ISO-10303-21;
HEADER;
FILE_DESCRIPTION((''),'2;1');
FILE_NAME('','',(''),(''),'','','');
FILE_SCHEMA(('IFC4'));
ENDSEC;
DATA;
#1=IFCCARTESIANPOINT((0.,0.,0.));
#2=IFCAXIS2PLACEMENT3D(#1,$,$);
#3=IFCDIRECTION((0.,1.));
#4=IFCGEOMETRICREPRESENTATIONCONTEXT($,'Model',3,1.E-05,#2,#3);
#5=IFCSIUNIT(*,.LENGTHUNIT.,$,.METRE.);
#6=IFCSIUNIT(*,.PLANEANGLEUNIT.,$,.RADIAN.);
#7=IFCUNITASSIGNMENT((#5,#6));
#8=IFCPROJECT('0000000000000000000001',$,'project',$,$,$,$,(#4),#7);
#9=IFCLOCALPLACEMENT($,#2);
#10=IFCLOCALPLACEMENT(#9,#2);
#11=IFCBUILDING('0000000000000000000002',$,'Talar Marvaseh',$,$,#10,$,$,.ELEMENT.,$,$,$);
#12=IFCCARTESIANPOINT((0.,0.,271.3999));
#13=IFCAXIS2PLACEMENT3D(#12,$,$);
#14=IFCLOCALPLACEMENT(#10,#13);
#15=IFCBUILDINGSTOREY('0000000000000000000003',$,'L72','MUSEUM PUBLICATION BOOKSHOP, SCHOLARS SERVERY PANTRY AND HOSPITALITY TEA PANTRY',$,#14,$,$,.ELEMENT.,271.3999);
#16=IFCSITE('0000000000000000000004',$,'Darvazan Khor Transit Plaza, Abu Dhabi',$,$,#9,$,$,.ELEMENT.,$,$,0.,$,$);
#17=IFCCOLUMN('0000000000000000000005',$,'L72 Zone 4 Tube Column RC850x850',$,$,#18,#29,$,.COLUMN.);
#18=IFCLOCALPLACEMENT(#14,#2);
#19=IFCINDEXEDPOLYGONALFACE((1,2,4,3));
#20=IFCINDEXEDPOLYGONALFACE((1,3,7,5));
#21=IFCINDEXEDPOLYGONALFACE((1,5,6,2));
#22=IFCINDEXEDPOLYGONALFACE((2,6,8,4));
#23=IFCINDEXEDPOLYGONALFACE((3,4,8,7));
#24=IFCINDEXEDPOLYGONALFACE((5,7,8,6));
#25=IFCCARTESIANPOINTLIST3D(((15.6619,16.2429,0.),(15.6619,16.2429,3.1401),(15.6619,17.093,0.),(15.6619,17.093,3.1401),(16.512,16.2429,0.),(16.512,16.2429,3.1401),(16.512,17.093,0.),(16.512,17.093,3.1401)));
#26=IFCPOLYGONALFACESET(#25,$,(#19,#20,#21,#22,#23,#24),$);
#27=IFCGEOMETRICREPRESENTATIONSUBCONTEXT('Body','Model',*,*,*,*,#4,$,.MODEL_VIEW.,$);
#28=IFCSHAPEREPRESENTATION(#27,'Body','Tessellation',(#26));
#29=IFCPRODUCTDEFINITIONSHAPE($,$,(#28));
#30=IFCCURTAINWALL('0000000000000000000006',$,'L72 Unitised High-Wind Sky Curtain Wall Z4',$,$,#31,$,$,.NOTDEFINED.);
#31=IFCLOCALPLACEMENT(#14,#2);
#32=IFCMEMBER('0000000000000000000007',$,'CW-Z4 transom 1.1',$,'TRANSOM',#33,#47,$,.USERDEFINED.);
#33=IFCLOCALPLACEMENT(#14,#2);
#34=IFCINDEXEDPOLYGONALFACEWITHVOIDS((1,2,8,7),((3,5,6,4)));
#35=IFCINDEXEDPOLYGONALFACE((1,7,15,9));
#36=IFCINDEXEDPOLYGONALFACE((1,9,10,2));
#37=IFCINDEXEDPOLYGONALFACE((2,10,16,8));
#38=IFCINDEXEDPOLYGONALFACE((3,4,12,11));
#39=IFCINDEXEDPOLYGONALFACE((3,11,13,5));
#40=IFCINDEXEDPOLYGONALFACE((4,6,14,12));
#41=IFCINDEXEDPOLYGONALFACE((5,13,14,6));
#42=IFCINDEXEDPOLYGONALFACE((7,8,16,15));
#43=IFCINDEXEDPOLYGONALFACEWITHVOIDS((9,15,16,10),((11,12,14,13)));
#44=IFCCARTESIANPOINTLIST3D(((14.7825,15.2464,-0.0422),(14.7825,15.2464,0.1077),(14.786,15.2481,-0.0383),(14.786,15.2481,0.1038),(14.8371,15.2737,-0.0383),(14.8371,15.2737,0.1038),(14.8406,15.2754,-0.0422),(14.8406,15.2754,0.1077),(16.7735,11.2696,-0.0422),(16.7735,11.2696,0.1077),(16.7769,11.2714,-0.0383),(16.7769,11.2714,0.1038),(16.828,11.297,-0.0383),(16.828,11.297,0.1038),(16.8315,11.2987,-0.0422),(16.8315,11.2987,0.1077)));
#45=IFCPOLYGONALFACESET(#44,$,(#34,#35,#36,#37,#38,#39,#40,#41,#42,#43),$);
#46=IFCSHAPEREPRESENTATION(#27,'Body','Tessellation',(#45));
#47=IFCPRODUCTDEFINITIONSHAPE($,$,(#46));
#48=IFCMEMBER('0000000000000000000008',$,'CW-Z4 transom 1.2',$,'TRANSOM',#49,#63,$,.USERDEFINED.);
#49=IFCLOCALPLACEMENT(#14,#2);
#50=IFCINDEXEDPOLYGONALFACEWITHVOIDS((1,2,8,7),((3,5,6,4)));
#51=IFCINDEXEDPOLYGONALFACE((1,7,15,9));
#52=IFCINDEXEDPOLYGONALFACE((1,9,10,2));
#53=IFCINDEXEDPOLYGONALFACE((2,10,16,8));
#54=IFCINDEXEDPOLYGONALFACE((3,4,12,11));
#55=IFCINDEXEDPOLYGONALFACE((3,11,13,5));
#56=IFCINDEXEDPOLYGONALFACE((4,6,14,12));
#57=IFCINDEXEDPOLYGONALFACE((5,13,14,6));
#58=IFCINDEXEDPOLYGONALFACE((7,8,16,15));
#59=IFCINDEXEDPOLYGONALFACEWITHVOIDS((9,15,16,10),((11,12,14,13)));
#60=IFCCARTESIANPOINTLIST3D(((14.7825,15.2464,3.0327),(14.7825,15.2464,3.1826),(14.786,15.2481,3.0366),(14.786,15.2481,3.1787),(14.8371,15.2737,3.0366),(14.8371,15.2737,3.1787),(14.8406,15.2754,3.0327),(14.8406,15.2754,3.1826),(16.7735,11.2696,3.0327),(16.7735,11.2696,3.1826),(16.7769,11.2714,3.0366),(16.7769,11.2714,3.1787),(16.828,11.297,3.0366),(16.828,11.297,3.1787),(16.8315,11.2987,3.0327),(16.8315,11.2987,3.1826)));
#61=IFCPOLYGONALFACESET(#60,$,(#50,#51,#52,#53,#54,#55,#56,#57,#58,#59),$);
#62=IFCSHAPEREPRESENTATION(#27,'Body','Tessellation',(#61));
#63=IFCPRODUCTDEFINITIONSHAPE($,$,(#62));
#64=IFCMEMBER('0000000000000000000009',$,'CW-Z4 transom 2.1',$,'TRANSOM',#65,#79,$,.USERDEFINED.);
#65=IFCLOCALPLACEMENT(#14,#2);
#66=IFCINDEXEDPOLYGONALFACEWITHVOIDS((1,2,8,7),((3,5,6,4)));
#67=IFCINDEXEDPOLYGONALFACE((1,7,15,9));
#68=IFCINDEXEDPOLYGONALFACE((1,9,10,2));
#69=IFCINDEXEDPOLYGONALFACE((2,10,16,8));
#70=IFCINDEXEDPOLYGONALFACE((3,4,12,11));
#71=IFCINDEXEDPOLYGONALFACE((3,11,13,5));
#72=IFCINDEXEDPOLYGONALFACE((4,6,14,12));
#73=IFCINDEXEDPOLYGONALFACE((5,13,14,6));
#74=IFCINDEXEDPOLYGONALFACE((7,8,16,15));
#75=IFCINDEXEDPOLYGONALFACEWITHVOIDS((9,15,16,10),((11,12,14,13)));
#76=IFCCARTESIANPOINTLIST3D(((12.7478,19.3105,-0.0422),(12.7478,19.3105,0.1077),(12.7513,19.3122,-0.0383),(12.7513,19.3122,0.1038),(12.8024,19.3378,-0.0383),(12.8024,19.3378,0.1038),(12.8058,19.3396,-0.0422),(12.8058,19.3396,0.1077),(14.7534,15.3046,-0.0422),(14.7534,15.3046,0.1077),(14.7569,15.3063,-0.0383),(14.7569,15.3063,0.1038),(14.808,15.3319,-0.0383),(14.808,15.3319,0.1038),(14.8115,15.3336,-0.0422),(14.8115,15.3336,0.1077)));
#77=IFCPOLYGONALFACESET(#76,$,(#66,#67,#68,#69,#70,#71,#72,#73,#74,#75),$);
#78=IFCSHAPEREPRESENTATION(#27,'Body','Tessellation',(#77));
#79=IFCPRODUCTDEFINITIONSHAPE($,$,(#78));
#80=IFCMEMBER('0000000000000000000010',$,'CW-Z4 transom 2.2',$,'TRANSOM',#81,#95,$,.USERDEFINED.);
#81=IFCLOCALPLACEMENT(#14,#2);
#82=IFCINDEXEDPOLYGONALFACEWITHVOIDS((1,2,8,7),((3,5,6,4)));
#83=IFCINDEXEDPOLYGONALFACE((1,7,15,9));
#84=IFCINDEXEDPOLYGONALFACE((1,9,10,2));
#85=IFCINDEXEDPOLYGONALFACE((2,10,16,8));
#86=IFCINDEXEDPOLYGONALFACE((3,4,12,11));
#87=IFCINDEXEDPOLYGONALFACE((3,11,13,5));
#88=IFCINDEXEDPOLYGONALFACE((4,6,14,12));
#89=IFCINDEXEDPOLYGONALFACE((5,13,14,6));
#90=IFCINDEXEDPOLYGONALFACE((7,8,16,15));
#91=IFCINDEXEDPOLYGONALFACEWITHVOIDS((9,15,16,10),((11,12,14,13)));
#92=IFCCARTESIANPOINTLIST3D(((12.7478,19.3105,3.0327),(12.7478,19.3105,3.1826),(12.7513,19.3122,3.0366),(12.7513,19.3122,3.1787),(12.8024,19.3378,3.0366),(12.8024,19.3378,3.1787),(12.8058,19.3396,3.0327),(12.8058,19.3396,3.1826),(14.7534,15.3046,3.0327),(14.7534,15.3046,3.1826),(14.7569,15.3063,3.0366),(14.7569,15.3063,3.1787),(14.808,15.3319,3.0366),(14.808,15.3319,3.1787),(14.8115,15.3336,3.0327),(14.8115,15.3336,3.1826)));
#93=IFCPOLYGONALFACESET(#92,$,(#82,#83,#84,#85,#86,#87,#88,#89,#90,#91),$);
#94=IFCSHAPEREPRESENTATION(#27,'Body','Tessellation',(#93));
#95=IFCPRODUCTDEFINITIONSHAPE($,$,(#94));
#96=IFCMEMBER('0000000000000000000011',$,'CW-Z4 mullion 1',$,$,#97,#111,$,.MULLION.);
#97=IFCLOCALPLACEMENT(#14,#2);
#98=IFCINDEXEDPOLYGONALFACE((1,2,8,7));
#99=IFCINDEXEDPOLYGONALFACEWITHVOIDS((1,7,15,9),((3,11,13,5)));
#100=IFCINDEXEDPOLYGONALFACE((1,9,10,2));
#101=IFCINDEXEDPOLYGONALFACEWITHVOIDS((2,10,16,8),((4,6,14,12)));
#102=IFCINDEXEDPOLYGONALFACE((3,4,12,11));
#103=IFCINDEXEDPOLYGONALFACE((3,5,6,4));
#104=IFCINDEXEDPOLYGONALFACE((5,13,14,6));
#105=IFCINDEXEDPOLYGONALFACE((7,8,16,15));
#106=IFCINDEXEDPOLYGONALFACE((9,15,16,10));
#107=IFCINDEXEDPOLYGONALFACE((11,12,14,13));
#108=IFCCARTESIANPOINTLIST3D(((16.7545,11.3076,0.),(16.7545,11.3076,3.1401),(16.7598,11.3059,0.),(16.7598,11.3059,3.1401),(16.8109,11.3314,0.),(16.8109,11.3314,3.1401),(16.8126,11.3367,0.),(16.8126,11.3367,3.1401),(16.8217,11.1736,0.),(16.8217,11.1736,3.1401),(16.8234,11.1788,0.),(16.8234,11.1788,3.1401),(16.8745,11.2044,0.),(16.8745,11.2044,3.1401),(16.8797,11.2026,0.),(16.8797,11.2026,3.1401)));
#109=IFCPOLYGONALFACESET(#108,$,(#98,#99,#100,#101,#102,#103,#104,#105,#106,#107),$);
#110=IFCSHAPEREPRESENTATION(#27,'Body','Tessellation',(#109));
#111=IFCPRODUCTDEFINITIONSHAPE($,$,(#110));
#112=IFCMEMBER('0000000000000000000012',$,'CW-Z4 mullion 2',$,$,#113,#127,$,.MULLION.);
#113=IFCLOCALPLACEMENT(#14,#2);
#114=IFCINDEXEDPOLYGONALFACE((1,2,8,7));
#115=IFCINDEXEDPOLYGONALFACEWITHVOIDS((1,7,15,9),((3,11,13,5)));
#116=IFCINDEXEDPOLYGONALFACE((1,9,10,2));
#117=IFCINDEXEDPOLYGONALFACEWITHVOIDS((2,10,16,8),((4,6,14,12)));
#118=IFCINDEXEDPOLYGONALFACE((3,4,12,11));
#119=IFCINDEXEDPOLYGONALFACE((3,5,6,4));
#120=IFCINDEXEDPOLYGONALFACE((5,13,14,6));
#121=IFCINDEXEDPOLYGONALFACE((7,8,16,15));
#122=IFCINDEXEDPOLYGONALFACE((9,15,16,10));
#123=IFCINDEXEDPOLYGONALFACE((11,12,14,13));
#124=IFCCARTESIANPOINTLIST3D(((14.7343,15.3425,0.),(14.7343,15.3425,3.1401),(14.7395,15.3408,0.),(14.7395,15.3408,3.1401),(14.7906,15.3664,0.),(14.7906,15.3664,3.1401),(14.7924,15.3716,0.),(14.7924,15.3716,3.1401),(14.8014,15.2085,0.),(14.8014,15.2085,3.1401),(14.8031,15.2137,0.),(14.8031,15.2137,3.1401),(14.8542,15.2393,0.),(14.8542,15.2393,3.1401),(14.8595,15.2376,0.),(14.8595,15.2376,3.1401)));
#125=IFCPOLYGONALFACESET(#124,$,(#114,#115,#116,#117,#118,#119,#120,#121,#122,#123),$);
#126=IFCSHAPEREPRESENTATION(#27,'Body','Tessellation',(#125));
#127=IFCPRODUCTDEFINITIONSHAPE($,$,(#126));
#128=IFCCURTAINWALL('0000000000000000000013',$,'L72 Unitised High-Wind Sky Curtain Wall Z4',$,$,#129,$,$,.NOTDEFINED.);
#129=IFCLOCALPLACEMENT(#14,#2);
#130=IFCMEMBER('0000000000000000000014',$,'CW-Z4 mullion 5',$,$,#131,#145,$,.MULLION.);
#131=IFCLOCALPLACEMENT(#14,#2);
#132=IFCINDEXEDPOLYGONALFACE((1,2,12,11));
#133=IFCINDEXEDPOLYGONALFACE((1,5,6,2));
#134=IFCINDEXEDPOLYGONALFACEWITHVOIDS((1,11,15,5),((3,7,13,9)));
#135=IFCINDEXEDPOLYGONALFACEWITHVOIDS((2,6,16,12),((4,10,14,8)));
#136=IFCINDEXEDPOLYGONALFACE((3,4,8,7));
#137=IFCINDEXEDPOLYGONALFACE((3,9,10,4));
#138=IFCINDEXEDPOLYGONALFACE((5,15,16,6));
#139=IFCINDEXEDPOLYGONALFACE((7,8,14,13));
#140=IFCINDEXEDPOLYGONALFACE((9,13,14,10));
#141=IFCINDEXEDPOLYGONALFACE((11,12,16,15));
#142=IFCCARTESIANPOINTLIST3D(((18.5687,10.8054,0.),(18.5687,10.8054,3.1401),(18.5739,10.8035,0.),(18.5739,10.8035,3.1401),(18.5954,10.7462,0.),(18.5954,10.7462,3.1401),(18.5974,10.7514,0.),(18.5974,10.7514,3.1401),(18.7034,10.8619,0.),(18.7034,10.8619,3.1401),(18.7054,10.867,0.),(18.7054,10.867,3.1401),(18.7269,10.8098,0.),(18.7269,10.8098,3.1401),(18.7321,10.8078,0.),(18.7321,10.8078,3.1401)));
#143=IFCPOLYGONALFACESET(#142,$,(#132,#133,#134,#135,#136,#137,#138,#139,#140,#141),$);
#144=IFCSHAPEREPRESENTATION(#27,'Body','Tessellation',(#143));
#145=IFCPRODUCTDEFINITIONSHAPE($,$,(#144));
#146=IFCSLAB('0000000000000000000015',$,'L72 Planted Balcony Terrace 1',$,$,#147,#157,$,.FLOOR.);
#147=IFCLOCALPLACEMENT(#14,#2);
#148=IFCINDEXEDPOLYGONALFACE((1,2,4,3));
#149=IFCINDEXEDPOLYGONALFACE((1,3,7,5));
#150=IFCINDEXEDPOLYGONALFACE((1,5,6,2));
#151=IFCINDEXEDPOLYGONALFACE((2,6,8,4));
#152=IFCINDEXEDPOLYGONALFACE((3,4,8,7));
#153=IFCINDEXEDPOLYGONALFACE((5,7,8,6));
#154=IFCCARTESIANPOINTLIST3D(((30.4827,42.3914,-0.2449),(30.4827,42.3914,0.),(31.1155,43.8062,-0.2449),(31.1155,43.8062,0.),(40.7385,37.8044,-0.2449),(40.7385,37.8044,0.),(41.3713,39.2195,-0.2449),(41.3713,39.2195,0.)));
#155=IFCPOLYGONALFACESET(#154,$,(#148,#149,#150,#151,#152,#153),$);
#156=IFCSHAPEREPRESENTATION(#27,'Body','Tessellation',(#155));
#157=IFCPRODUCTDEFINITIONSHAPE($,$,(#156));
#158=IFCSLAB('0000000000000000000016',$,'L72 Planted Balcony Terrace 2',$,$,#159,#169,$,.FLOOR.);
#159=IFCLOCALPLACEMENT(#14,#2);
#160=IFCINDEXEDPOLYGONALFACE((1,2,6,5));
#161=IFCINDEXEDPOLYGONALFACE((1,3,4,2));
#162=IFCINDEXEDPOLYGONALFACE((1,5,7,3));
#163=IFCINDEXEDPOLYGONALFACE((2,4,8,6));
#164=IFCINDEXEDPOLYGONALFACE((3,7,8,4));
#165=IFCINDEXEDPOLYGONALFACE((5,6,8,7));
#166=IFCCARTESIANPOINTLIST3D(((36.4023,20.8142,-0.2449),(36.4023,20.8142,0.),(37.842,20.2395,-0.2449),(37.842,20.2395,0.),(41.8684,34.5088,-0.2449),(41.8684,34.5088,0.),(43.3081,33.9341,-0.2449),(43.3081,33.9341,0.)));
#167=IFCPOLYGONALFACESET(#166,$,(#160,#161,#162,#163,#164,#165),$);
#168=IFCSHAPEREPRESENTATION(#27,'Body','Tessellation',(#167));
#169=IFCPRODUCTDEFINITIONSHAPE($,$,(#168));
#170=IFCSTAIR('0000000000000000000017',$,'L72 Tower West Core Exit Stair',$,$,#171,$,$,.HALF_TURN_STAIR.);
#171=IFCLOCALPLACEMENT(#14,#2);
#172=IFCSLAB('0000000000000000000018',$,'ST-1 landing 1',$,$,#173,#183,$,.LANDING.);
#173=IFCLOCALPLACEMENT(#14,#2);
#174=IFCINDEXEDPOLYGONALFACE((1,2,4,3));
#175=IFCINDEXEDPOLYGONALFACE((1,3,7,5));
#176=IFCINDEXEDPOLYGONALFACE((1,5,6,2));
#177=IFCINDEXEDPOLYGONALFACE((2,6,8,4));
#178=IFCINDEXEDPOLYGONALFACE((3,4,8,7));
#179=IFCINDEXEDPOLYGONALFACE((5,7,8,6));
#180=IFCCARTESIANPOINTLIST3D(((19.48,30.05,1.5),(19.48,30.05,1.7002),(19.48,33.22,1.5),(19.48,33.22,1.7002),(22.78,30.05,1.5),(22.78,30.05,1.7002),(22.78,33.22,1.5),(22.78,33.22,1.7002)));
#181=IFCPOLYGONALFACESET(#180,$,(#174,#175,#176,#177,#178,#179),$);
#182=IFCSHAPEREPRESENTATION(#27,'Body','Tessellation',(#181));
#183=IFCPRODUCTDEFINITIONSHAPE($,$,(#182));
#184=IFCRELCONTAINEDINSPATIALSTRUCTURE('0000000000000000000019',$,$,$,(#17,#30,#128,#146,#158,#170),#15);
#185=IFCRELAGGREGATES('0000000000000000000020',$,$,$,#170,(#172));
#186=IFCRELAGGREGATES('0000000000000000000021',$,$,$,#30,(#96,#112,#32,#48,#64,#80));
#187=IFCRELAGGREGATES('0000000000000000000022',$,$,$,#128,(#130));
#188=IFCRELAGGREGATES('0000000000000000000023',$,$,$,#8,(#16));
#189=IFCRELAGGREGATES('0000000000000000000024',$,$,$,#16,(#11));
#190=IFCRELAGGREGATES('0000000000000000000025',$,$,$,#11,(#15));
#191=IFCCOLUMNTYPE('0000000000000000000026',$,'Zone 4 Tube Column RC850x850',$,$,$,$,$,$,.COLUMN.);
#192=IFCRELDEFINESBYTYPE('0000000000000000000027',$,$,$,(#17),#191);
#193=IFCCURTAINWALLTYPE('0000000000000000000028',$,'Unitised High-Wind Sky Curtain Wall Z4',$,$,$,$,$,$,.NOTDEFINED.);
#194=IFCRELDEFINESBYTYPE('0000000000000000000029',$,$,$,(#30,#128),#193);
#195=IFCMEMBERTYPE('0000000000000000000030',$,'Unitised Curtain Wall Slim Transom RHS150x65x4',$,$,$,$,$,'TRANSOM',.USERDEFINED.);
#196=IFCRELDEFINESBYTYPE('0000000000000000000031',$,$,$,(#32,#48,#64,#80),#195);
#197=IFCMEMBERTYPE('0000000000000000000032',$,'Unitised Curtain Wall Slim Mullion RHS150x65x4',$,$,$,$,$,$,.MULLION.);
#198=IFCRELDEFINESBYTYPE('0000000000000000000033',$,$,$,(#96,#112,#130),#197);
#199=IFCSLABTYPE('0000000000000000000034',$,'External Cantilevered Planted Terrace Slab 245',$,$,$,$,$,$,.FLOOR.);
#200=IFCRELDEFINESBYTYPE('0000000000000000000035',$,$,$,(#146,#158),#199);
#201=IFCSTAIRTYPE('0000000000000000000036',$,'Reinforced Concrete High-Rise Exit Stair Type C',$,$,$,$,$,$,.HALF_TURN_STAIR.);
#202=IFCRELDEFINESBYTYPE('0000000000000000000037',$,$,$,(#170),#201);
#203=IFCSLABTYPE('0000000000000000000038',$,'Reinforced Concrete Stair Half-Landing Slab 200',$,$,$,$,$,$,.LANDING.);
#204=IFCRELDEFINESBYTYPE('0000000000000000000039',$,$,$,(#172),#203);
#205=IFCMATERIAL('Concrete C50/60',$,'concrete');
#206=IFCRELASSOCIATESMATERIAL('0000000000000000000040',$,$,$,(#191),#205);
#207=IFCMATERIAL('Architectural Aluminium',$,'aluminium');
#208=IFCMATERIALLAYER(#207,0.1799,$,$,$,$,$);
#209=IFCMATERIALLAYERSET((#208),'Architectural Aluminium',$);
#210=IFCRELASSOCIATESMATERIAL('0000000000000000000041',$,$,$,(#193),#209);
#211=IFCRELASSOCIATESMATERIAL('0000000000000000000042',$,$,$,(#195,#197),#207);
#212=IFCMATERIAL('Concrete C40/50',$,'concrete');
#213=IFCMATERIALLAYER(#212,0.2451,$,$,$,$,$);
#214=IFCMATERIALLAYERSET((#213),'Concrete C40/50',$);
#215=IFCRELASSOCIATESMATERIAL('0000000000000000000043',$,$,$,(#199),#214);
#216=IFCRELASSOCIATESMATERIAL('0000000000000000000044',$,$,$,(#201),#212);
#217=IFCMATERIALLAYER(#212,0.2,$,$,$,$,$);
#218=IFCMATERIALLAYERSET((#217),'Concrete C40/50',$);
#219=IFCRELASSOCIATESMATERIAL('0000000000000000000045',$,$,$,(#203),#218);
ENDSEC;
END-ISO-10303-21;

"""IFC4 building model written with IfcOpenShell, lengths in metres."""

from ifc_helpers import new_model, si_unit, direction, frame, origin, origin_2d, place, context, subcontext, project, spatial, polyline, rectangle, hollow_rectangle, outline, extrude, source, transform, mapped, material, layer, layer_set, material_profile, profile_set, type_object, type_shapes, element, aggregate, save


model = new_model("IFC4")

# Units and contexts
model_context = context("Model", 3, precision=1e-05, world=origin(), true_north=direction((0.0, 1.0)))
body_context = subcontext(model_context, "Body", "Model", "MODEL_VIEW")
ifc_project = project(units=[si_unit("LENGTHUNIT", "METRE"), si_unit("PLANEANGLEUNIT", "RADIAN")], contexts=[model_context])

# Site, building, storey
site_placement = place(None, origin())
site = spatial("IfcSite", under=ifc_project, at=site_placement, Name="Darvazan Khor Transit Plaza, Abu Dhabi", CompositionType="ELEMENT", RefElevation=0.0)
building_placement = place(site_placement, origin())
building = spatial("IfcBuilding", under=site, at=building_placement, Name="Talar Marvaseh", CompositionType="ELEMENT")
storey_placement = place(building_placement, frame((0.0, 0.0, 271.3999)))
storey = spatial("IfcBuildingStorey", under=building, at=storey_placement, Name="L72", Description="MUSEUM PUBLICATION BOOKSHOP, SCHOLARS SERVERY PANTRY AND HOSPITALITY TEA PANTRY", CompositionType="ELEMENT", Elevation=271.3999)

# Column
ifc_material_1 = material(Name="Concrete C50/60", Category="concrete")
ifc_material_profile_1 = material_profile(ifc_material_1, rectangle(XDim=0.8501, YDim=0.8501, at=origin_2d()), Name="RC850x850")
ifc_profile_set_1 = profile_set([ifc_material_profile_1], Name="Concrete C50/60")
column_type = type_object("IfcColumnType", Name="Zone 4 Tube Column RC850x850", PredefinedType="COLUMN", material=ifc_profile_set_1)
column_placement = place(storey_placement, frame((16.0869, 16.668, 0.0), z_axis=(0.0, 0.0, 1.0), x_axis=(1.0, 0.0, 0.0)))
element("IfcColumn", 1, at=column_placement, inside=storey, type_object=column_type, Name="L72 Zone 4 Tube Column RC850x850", PredefinedType="COLUMN", context=body_context, shape_type="SweptSolid", body=[
    extrude(rectangle(XDim=0.8501, YDim=0.8501, at=origin_2d()), origin(), (0.0, 0.0, 1.0), 3.1401),
])

# Curtain wall, members
ifc_material_2 = material(Name="Architectural Aluminium", Category="aluminium")
ifc_layer_1 = layer(ifc_material_2, 0.1799)
ifc_layer_set_1 = layer_set([ifc_layer_1], Name="Architectural Aluminium")
curtain_wall_type = type_object("IfcCurtainWallType", Name="Unitised High-Wind Sky Curtain Wall Z4", PredefinedType="NOTDEFINED", material=ifc_layer_set_1)
curtain_wall_1_placement = place(storey_placement, origin())
curtain_wall_1 = element("IfcCurtainWall", 2, at=curtain_wall_1_placement, inside=storey, type_object=curtain_wall_type, Name="L72 Unitised High-Wind Sky Curtain Wall Z4", PredefinedType="NOTDEFINED")
ifc_material_profile_2 = material_profile(ifc_material_2, hollow_rectangle(XDim=0.0649, YDim=0.1499, WallThickness=0.0039, at=origin_2d()), Name="RHS150x65x4")
ifc_profile_set_2 = profile_set([ifc_material_profile_2], Name="Architectural Aluminium")
member_type_1 = type_object("IfcMemberType", Name="Unitised Curtain Wall Slim Transom RHS150x65x4", ElementType="TRANSOM", PredefinedType="USERDEFINED", material=ifc_profile_set_2)
shared_shape_1 = source(origin(), body_context, "Body", "SweptSolid", [
    extrude(hollow_rectangle(XDim=0.0649, YDim=0.1499, WallThickness=0.0039, at=origin_2d()), origin(), (0.0, 0.0, 1.0), 4.4473),
])
member_1_placement = place(storey_placement, frame((16.8025, 11.2842, 0.0327), z_axis=(-0.447675, 0.894197, 0.0), x_axis=(-0.894197, -0.447675, 0.0)))
member_1 = element("IfcMember", 3, at=member_1_placement, type_object=member_type_1, Name="CW-Z4 transom 1.1", ObjectType="TRANSOM", PredefinedType="USERDEFINED", context=body_context, shape_type="MappedRepresentation", body=[
    mapped(shared_shape_1, transform((0.0, 0.0, 0.0), x_axis=(1.0, 0.0, 0.0), y_axis=(0.0, 1.0, 0.0), z_axis=(0.0, 0.0, 1.0), scale=1.0)),
])
member_2_placement = place(storey_placement, frame((16.8025, 11.2842, 3.1077), z_axis=(-0.447675, 0.894197, 0.0), x_axis=(-0.894197, -0.447675, 0.0)))
member_2 = element("IfcMember", 4, at=member_2_placement, type_object=member_type_1, Name="CW-Z4 transom 1.2", ObjectType="TRANSOM", PredefinedType="USERDEFINED", context=body_context, shape_type="MappedRepresentation", body=[
    mapped(shared_shape_1, transform((0.0, 0.0, 0.0), x_axis=(1.0, 0.0, 0.0), y_axis=(0.0, 1.0, 0.0), z_axis=(0.0, 0.0, 1.0), scale=1.0)),
])
shared_shape_2 = source(origin(), body_context, "Body", "SweptSolid", [
    extrude(hollow_rectangle(XDim=0.0649, YDim=0.1499, WallThickness=0.0039, at=origin_2d()), origin(), (0.0, 0.0, 1.0), 4.48),
])
type_shapes(member_type_1, [shared_shape_1, shared_shape_2])
member_3_placement = place(storey_placement, frame((14.7825, 15.3191, 0.0327), z_axis=(-0.447693, 0.894187, 0.0), x_axis=(-0.894187, -0.447693, 0.0)))
member_3 = element("IfcMember", 5, at=member_3_placement, type_object=member_type_1, Name="CW-Z4 transom 2.1", ObjectType="TRANSOM", PredefinedType="USERDEFINED", context=body_context, shape_type="MappedRepresentation", body=[
    mapped(shared_shape_2, transform((0.0, 0.0, 0.0), x_axis=(1.0, 0.0, 0.0), y_axis=(0.0, 1.0, 0.0), z_axis=(0.0, 0.0, 1.0), scale=1.0)),
])
member_4_placement = place(storey_placement, frame((14.7825, 15.3191, 3.1077), z_axis=(-0.447693, 0.894187, 0.0), x_axis=(-0.894187, -0.447693, 0.0)))
member_4 = element("IfcMember", 6, at=member_4_placement, type_object=member_type_1, Name="CW-Z4 transom 2.2", ObjectType="TRANSOM", PredefinedType="USERDEFINED", context=body_context, shape_type="MappedRepresentation", body=[
    mapped(shared_shape_2, transform((0.0, 0.0, 0.0), x_axis=(1.0, 0.0, 0.0), y_axis=(0.0, 1.0, 0.0), z_axis=(0.0, 0.0, 1.0), scale=1.0)),
])
ifc_material_profile_3 = material_profile(ifc_material_2, hollow_rectangle(XDim=0.0649, YDim=0.1499, WallThickness=0.0039, at=origin_2d()), Name="RHS150x65x4")
ifc_profile_set_3 = profile_set([ifc_material_profile_3], Name="Architectural Aluminium")
member_type_2 = type_object("IfcMemberType", Name="Unitised Curtain Wall Slim Mullion RHS150x65x4", PredefinedType="MULLION", material=ifc_profile_set_3)
shared_shape_3 = source(origin(), body_context, "Body", "SweptSolid", [
    extrude(hollow_rectangle(XDim=0.0649, YDim=0.1499, WallThickness=0.0039, at=origin_2d()), origin(), (0.0, 0.0, 1.0), 3.1401),
])
type_shapes(member_type_2, [shared_shape_3])
member_5_placement = place(storey_placement, frame((16.8171, 11.2551, 0.0), z_axis=(0.0, 0.0, 1.0), x_axis=(-0.894186, -0.447695, 0.0)))
member_5 = element("IfcMember", 7, at=member_5_placement, type_object=member_type_2, Name="CW-Z4 mullion 1", PredefinedType="MULLION", context=body_context, shape_type="MappedRepresentation", body=[
    mapped(shared_shape_3, transform((0.0, 0.0, 0.0), x_axis=(1.0, 0.0, 0.0), y_axis=(0.0, 1.0, 0.0), z_axis=(0.0, 0.0, 1.0), scale=1.0)),
])
member_6_placement = place(storey_placement, frame((14.7969, 15.29, 0.0), z_axis=(0.0, 0.0, 1.0), x_axis=(-0.894186, -0.447695, 0.0)))
member_6 = element("IfcMember", 8, at=member_6_placement, type_object=member_type_2, Name="CW-Z4 mullion 2", PredefinedType="MULLION", context=body_context, shape_type="MappedRepresentation", body=[
    mapped(shared_shape_3, transform((0.0, 0.0, 0.0), x_axis=(1.0, 0.0, 0.0), y_axis=(0.0, 1.0, 0.0), z_axis=(0.0, 0.0, 1.0), scale=1.0)),
])

# Curtain wall, member
curtain_wall_2_placement = place(storey_placement, origin())
curtain_wall_2 = element("IfcCurtainWall", 9, at=curtain_wall_2_placement, inside=storey, type_object=curtain_wall_type, Name="L72 Unitised High-Wind Sky Curtain Wall Z4", PredefinedType="NOTDEFINED")
member_7_placement = place(storey_placement, frame((18.6504, 10.8066, 0.0), z_axis=(0.0, 0.0, 1.0), x_axis=(0.41086, -0.911699, 0.0)))
member_7 = element("IfcMember", 10, at=member_7_placement, type_object=member_type_2, Name="CW-Z4 mullion 5", PredefinedType="MULLION", context=body_context, shape_type="MappedRepresentation", body=[
    mapped(shared_shape_3, transform((0.0, 0.0, 0.0), x_axis=(1.0, 0.0, 0.0), y_axis=(0.0, 1.0, 0.0), z_axis=(0.0, 0.0, 1.0), scale=1.0)),
])

# Slabs
ifc_material_3 = material(Name="Concrete C40/50", Category="concrete")
ifc_layer_2 = layer(ifc_material_3, 0.2451)
ifc_layer_set_2 = layer_set([ifc_layer_2], Name="Concrete C40/50")
slab_type_1 = type_object("IfcSlabType", Name="External Cantilevered Planted Terrace Slab 245", PredefinedType="FLOOR", material=ifc_layer_set_2)
slab_1_placement = place(storey_placement, frame((0.0, 0.0, -0.2449)))
element("IfcSlab", 11, at=slab_1_placement, inside=storey, type_object=slab_type_1, Name="L72 Planted Balcony Terrace 1", PredefinedType="FLOOR", context=body_context, shape_type="SweptSolid", body=[
    extrude(outline(polyline([(30.4827, 42.3914), (40.7385, 37.8044), (41.3713, 39.2195), (31.1155, 43.8062), (30.4827, 42.3914)])), origin(), (0.0, 0.0, 1.0), 0.2449),
])
slab_2_placement = place(storey_placement, frame((0.0, 0.0, -0.2449)))
element("IfcSlab", 12, at=slab_2_placement, inside=storey, type_object=slab_type_1, Name="L72 Planted Balcony Terrace 2", PredefinedType="FLOOR", context=body_context, shape_type="SweptSolid", body=[
    extrude(outline(polyline([(41.8684, 34.5088), (36.4023, 20.8142), (37.842, 20.2395), (43.3081, 33.9341), (41.8684, 34.5088)])), origin(), (0.0, 0.0, 1.0), 0.2449),
])

# Stair, slab
stair_type = type_object("IfcStairType", Name="Reinforced Concrete High-Rise Exit Stair Type C", PredefinedType="HALF_TURN_STAIR", material=ifc_material_3)
stair_1_placement = place(storey_placement, origin())
stair_1 = element("IfcStair", 13, at=stair_1_placement, inside=storey, type_object=stair_type, Name="L72 Tower West Core Exit Stair", PredefinedType="HALF_TURN_STAIR")
ifc_layer_3 = layer(ifc_material_3, 0.2)
ifc_layer_set_3 = layer_set([ifc_layer_3], Name="Concrete C40/50")
slab_type_2 = type_object("IfcSlabType", Name="Reinforced Concrete Stair Half-Landing Slab 200", PredefinedType="LANDING", material=ifc_layer_set_3)
slab_3_placement = place(storey_placement, frame((0.0, 0.0, 1.5)))
slab_3 = element("IfcSlab", 14, at=slab_3_placement, type_object=slab_type_2, Name="ST-1 landing 1", PredefinedType="LANDING", context=body_context, shape_type="SweptSolid", body=[
    extrude(outline(polyline([(22.78, 30.05), (22.78, 33.22), (19.48, 33.22), (19.48, 30.05), (22.78, 30.05)])), origin(), (0.0, 0.0, 1.0), 0.2002),
])
aggregate(stair_1, [slab_3])

aggregate(curtain_wall_1, [member_5, member_6, member_1, member_2, member_3, member_4])
aggregate(curtain_wall_2, [member_7])

save(model, "model.ifc")
